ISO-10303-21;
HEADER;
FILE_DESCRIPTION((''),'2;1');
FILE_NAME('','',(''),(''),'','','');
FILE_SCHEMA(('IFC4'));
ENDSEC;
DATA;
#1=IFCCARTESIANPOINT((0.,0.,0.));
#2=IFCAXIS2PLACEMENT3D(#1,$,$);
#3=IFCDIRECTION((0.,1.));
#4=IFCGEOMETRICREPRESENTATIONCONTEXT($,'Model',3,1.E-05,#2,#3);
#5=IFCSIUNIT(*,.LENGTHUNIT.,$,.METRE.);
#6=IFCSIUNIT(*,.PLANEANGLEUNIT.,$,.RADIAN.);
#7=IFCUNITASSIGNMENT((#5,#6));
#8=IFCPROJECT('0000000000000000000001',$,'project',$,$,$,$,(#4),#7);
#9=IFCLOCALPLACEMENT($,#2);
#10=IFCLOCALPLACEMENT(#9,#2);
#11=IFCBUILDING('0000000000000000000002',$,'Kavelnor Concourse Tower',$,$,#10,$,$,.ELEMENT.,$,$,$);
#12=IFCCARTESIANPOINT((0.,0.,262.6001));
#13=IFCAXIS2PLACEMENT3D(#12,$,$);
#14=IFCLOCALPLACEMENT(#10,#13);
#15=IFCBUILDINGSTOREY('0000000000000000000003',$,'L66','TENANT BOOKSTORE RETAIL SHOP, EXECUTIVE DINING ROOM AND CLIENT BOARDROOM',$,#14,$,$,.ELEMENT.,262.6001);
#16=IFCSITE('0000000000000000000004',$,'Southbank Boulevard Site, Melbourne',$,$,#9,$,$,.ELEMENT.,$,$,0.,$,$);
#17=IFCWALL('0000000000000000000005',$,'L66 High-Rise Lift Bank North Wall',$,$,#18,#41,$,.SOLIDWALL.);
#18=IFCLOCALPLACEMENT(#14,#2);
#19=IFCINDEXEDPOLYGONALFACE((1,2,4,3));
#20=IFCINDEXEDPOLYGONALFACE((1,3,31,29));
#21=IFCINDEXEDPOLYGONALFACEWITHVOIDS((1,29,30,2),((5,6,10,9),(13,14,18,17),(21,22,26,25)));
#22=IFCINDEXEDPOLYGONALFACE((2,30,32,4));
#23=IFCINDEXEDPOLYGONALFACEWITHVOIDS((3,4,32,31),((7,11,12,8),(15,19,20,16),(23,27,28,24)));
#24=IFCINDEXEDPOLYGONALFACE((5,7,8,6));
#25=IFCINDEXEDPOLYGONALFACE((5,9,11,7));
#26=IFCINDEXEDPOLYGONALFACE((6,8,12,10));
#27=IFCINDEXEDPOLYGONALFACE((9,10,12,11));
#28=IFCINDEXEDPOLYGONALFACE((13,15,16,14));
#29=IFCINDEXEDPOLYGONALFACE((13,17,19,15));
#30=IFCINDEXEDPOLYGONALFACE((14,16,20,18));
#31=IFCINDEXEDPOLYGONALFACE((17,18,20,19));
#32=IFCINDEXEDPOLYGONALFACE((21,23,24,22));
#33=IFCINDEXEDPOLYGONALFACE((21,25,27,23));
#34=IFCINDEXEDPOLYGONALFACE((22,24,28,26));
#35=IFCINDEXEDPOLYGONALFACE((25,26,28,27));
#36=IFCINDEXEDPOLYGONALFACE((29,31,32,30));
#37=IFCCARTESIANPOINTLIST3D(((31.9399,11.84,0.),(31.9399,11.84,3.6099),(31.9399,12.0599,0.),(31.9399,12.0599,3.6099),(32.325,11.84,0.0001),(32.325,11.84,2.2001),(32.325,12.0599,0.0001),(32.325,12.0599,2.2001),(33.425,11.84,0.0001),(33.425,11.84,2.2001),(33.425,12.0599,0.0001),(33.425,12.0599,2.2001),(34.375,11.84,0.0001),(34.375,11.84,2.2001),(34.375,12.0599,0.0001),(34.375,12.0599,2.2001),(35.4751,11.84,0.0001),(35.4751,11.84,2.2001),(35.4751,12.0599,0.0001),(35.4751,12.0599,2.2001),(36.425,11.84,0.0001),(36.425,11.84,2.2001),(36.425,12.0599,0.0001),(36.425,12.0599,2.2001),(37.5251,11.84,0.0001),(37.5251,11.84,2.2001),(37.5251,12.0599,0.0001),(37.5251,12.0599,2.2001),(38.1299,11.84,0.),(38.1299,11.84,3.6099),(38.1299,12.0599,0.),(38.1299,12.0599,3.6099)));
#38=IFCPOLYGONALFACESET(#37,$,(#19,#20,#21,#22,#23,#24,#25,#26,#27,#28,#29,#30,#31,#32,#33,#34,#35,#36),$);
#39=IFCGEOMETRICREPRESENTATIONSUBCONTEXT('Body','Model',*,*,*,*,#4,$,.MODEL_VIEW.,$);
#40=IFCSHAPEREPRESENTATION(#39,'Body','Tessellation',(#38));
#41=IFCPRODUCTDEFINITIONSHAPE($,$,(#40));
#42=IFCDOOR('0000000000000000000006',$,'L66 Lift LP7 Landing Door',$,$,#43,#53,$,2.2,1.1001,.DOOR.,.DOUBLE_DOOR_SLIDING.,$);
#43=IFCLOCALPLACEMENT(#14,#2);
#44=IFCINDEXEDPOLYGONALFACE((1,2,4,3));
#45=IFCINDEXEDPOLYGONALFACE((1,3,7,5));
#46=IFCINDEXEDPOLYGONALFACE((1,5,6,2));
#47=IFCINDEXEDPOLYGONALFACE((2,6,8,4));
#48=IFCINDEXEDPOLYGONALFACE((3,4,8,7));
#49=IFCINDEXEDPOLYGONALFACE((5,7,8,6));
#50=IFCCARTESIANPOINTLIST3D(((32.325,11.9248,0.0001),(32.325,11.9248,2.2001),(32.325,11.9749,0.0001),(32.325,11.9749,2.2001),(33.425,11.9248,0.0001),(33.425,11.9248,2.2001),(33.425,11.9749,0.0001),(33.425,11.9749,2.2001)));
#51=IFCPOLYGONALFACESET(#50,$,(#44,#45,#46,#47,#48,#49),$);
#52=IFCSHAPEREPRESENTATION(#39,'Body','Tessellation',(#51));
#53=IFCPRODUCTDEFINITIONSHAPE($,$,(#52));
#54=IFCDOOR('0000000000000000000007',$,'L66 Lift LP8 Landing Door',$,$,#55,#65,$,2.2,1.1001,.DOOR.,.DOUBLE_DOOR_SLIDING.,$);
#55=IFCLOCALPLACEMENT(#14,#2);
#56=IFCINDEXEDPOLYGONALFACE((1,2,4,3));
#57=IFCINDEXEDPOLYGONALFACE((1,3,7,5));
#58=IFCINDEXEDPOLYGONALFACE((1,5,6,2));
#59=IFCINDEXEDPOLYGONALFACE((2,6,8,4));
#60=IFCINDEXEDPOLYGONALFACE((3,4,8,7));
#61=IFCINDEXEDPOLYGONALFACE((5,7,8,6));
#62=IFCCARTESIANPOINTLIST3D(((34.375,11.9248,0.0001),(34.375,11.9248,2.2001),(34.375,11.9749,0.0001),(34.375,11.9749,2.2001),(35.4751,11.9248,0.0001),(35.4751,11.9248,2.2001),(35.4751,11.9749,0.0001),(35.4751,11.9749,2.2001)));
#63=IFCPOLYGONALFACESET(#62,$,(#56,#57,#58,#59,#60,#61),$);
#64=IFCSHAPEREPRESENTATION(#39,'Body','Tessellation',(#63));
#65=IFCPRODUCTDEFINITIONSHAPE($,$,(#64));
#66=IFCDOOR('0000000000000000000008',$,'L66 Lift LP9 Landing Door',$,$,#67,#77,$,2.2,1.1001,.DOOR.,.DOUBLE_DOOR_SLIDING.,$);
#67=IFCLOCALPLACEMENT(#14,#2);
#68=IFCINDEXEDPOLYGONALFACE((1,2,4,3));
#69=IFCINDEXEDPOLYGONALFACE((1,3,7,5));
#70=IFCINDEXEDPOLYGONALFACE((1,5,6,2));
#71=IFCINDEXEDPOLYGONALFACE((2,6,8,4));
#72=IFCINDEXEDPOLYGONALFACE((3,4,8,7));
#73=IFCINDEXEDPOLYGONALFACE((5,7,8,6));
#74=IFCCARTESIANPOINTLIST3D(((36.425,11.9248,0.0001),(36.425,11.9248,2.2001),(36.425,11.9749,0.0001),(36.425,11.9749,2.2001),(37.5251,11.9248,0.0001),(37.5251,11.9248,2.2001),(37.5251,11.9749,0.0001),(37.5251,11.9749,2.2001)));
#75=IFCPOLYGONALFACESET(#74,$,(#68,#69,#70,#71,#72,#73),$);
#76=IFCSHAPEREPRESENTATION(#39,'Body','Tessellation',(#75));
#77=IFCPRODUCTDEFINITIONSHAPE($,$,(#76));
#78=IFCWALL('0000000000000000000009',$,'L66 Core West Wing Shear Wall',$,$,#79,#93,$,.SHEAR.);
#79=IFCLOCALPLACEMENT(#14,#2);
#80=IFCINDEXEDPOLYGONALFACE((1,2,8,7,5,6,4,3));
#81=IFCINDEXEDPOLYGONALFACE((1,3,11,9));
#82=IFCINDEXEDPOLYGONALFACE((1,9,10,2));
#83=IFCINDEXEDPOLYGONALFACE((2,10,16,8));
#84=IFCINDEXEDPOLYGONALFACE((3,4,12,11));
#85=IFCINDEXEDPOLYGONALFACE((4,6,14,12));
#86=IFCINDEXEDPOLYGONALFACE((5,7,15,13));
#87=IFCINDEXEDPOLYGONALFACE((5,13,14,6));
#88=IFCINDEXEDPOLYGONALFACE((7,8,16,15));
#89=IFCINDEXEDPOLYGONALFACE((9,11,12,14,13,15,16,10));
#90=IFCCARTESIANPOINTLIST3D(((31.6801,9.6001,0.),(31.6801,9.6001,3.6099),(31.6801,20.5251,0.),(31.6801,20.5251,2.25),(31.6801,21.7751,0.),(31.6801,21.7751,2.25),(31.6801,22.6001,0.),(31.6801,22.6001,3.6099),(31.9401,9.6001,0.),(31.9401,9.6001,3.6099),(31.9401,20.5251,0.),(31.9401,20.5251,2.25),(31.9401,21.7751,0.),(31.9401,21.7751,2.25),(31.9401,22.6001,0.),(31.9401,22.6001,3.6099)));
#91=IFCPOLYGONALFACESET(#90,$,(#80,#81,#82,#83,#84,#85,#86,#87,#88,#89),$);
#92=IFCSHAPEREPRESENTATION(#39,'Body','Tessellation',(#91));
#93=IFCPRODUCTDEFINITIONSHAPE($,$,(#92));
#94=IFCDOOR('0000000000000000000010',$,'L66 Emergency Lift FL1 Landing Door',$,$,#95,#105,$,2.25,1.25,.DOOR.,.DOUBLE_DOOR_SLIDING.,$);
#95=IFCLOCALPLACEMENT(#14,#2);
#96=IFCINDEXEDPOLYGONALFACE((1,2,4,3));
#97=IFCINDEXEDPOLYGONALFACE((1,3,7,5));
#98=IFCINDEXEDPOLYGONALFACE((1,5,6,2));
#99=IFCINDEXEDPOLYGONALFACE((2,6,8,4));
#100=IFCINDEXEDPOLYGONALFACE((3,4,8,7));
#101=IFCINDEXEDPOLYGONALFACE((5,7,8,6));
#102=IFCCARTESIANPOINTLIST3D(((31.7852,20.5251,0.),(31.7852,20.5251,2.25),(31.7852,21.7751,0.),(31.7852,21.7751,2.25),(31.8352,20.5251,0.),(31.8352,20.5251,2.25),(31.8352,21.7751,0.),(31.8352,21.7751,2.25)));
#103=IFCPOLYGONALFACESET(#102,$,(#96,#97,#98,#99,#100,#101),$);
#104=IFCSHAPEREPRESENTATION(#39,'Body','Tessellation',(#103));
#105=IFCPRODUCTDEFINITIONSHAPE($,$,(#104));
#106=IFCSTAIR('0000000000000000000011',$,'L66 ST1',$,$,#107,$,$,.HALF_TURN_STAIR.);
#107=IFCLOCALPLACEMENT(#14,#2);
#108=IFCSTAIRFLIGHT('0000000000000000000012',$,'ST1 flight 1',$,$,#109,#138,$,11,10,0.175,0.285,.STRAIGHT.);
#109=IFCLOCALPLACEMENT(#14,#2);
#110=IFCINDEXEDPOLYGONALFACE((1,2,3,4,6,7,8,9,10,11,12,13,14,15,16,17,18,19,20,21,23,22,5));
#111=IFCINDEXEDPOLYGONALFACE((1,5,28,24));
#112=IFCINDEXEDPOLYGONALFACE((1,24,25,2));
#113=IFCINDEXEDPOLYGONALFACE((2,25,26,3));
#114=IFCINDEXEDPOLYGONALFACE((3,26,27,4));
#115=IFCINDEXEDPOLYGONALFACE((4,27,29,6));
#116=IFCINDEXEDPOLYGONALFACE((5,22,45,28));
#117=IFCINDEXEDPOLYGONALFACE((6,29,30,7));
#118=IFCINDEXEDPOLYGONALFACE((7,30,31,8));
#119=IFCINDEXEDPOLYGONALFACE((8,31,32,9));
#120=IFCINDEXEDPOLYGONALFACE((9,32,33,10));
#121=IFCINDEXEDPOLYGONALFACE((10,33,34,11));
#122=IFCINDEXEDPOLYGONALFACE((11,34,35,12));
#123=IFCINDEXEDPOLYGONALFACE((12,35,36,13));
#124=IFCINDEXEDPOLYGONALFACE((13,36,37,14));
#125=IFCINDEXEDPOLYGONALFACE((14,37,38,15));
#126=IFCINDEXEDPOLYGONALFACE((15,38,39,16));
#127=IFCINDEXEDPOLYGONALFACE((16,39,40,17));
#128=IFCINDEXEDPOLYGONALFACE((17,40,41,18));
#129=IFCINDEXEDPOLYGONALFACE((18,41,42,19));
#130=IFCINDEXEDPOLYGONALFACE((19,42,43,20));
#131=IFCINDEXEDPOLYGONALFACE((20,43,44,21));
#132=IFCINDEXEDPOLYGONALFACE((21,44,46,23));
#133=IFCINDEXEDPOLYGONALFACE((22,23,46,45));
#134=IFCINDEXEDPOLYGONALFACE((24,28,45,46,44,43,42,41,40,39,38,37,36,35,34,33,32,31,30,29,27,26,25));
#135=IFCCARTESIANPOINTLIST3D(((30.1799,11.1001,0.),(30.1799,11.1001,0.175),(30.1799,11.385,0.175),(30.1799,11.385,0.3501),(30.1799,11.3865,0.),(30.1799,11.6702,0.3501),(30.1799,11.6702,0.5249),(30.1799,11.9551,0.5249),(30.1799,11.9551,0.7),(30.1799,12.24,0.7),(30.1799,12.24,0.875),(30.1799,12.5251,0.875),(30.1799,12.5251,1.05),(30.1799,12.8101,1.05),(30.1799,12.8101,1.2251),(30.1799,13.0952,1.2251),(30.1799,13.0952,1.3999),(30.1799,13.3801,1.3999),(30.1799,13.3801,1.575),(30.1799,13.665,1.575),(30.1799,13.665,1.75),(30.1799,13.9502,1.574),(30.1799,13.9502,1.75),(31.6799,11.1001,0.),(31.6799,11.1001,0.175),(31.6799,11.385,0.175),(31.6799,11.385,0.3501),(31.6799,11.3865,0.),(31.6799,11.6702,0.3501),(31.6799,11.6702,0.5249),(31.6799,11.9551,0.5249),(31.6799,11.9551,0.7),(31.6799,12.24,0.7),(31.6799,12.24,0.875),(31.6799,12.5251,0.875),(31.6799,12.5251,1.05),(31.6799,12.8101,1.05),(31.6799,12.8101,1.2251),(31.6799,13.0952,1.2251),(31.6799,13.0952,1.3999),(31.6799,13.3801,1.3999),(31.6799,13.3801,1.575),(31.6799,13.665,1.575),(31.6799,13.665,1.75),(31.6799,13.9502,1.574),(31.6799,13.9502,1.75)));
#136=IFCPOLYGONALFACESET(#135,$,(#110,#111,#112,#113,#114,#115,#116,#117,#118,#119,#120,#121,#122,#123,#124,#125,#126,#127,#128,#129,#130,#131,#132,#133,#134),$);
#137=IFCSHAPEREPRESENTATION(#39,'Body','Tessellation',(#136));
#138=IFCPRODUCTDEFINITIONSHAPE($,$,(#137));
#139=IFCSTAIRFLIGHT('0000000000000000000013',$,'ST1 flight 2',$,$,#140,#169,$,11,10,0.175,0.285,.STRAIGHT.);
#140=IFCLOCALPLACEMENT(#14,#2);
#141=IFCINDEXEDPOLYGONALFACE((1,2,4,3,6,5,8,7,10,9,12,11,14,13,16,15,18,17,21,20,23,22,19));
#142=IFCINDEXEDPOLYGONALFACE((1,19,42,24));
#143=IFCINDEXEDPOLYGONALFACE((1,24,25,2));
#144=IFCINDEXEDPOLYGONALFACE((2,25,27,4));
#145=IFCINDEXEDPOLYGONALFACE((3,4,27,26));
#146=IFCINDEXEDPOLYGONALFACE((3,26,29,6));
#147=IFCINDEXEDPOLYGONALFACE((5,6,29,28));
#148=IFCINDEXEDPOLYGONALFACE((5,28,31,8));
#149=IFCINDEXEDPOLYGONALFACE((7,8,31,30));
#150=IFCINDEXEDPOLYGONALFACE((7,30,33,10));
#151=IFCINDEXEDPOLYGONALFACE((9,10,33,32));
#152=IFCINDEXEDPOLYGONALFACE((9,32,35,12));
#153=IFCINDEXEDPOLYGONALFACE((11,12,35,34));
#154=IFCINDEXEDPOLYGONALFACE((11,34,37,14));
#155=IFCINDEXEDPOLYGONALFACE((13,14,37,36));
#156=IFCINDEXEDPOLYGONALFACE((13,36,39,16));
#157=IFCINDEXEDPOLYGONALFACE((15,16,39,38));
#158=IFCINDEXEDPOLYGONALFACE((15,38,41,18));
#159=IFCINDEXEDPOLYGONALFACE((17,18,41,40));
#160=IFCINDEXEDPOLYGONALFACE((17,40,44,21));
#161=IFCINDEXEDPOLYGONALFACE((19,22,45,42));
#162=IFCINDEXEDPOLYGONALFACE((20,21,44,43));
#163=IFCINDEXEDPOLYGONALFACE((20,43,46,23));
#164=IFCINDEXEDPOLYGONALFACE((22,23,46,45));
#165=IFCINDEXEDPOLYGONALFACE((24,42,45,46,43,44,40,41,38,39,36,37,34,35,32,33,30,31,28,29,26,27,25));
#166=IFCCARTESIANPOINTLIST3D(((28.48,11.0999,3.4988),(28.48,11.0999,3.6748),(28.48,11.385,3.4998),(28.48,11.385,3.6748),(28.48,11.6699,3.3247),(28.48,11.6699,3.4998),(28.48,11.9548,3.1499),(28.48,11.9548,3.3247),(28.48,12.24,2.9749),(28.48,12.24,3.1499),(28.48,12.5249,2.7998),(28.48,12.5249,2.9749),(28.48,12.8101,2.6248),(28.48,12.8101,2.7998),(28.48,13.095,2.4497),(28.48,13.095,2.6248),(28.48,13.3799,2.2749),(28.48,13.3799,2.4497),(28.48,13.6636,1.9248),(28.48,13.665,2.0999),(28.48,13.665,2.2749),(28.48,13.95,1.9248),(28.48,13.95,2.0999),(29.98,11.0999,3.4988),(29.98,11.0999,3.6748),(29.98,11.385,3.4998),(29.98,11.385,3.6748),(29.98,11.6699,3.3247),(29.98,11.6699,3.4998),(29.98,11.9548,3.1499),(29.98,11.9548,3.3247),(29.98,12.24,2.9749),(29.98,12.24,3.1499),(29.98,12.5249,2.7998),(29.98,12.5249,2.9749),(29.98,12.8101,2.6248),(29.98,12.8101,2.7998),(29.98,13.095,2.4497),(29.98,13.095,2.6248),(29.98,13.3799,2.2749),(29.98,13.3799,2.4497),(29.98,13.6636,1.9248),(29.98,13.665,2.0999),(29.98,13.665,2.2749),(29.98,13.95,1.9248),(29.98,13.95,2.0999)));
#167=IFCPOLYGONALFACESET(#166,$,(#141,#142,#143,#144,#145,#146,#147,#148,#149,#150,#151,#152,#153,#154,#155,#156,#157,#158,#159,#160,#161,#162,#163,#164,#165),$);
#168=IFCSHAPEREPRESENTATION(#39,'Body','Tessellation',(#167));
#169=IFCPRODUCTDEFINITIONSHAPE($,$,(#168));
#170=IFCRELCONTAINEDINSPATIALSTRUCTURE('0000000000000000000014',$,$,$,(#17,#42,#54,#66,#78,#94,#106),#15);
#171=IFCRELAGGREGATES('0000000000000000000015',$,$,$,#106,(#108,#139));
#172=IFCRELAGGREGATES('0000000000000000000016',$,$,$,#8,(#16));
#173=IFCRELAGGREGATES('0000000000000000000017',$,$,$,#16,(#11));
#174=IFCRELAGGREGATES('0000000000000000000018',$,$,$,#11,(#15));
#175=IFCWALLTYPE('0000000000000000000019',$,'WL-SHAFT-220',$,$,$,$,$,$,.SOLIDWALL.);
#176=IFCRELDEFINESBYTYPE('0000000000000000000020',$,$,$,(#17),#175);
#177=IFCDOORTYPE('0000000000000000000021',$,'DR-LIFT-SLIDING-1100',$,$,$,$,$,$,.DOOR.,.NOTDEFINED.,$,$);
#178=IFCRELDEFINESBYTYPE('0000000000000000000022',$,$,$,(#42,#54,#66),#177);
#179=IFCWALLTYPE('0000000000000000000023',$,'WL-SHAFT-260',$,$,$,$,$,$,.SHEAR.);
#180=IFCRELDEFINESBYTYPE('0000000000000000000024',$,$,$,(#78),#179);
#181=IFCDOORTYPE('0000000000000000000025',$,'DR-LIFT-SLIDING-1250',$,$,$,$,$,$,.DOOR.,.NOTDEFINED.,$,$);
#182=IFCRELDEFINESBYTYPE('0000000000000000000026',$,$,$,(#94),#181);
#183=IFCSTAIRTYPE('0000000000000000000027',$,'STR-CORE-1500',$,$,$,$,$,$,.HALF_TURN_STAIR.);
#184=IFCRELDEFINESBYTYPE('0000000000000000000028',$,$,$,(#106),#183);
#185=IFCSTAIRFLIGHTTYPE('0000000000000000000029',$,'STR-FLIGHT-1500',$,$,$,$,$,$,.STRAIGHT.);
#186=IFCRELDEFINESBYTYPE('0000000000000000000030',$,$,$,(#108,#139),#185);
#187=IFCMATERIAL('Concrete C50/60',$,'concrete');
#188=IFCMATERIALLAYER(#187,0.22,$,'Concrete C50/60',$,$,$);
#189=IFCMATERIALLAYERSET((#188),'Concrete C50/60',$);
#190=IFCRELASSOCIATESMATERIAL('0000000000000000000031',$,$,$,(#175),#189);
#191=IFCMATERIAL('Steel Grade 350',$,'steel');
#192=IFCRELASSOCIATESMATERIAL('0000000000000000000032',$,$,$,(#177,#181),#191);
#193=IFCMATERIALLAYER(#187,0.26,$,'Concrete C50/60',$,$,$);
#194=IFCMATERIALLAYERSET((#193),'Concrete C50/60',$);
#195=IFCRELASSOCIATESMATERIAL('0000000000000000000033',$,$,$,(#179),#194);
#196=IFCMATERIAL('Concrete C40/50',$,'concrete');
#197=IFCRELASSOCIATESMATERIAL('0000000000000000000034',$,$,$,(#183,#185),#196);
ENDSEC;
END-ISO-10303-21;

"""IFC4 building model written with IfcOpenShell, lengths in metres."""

from ifc_helpers import new_model, si_unit, direction, frame, frame_2d, origin, place, context, subcontext, project, spatial, polyline, rectangle, outline, extrude, material, layer, layer_set, type_object, element, fill, aggregate, save


model = new_model("IFC4")

# Units and contexts
model_context = context("Model", 3, precision=1e-05, world=origin(), true_north=direction((0.0, 1.0)))
body_context = subcontext(model_context, "Body", "Model", "MODEL_VIEW")
ifc_project = project(units=[si_unit("LENGTHUNIT", "METRE"), si_unit("PLANEANGLEUNIT", "RADIAN")], contexts=[model_context])

# Site, building, storey
site_placement = place(None, origin())
site = spatial("IfcSite", under=ifc_project, at=site_placement, Name="Southbank Boulevard Site, Melbourne", CompositionType="ELEMENT", RefElevation=0.0)
building_placement = place(site_placement, origin())
building = spatial("IfcBuilding", under=site, at=building_placement, Name="Kavelnor Concourse Tower", CompositionType="ELEMENT")
storey_placement = place(building_placement, frame((0.0, 0.0, 262.6001)))
storey = spatial("IfcBuildingStorey", under=building, at=storey_placement, Name="L66", Description="TENANT BOOKSTORE RETAIL SHOP, EXECUTIVE DINING ROOM AND CLIENT BOARDROOM", CompositionType="ELEMENT", Elevation=262.6001)

# Shared definitions
ifc_material_1 = material(Name="Steel Grade 350", Category="steel")

# Shared definitions
ifc_material_2 = material(Name="Concrete C50/60", Category="concrete")

# Shared definitions
ifc_layer_1 = layer(ifc_material_2, 0.22, Name="Concrete C50/60")
ifc_layer_set_1 = layer_set([ifc_layer_1], Name="Concrete C50/60")
wall_type_1 = type_object("IfcWallType", Name="WL-SHAFT-220", PredefinedType="SOLIDWALL", material=ifc_layer_set_1)

# Wall, openings, doors
wall_1_placement = place(storey_placement, frame((31.9399, 11.95, 0.0), z_axis=(0.0, 0.0, 1.0), x_axis=(1.0, 0.0, 0.0)))
wall_1 = element("IfcWall", 1, at=wall_1_placement, inside=storey, type_object=wall_type_1, Name="L66 High-Rise Lift Bank North Wall", PredefinedType="SOLIDWALL", context=body_context, shape_type="SweptSolid", body=[
    extrude(rectangle(XDim=6.1899, YDim=0.22, at=frame_2d((3.095, 0.0))), origin(), (0.0, 0.0, 1.0), 3.6099),
])
opening_1_placement = place(wall_1_placement, frame((0.385, 0.0, 0.0)))
opening_1 = element("IfcOpeningElement", 2, at=opening_1_placement, cuts=wall_1, PredefinedType="OPENING", context=body_context, shape_type="SweptSolid", body=[
    extrude(rectangle(XDim=1.1001, YDim=2.2, at=frame_2d((0.55, 1.1001))), frame((0.0, 0.1201, 0.0), z_axis=(0.0, -1.0, 0.0), x_axis=(1.0, 0.0, 0.0)), (0.0, 0.0, 1.0), 0.24),
])
opening_2_placement = place(wall_1_placement, frame((2.4351, 0.0, 0.0)))
opening_2 = element("IfcOpeningElement", 3, at=opening_2_placement, cuts=wall_1, PredefinedType="OPENING", context=body_context, shape_type="SweptSolid", body=[
    extrude(rectangle(XDim=1.1001, YDim=2.2, at=frame_2d((0.55, 1.1001))), frame((0.0, 0.1201, 0.0), z_axis=(0.0, -1.0, 0.0), x_axis=(1.0, 0.0, 0.0)), (0.0, 0.0, 1.0), 0.24),
])
opening_3_placement = place(wall_1_placement, frame((4.4851, 0.0, 0.0)))
opening_3 = element("IfcOpeningElement", 4, at=opening_3_placement, cuts=wall_1, PredefinedType="OPENING", context=body_context, shape_type="SweptSolid", body=[
    extrude(rectangle(XDim=1.1001, YDim=2.2, at=frame_2d((0.55, 1.1001))), frame((0.0, 0.1201, 0.0), z_axis=(0.0, -1.0, 0.0), x_axis=(1.0, 0.0, 0.0)), (0.0, 0.0, 1.0), 0.24),
])
door_type_1 = type_object("IfcDoorType", Name="DR-LIFT-SLIDING-1100", OperationType="NOTDEFINED", PredefinedType="DOOR", material=ifc_material_1)
door_1_placement = place(opening_1_placement, origin())
door_1 = element("IfcDoor", 5, at=door_1_placement, inside=storey, type_object=door_type_1, Name="L66 Lift LP7 Landing Door", OperationType="DOUBLE_DOOR_SLIDING", OverallHeight=2.2, OverallWidth=1.1001, PredefinedType="DOOR", context=body_context, shape_type="SweptSolid", body=[
    extrude(rectangle(XDim=1.1001, YDim=2.2, at=frame_2d((0.55, 1.1001))), frame((0.0, 0.0249, 0.0), z_axis=(0.0, -1.0, 0.0), x_axis=(1.0, 0.0, 0.0)), (0.0, 0.0, 1.0), 0.05),
])
fill(opening_1, door_1)
door_2_placement = place(opening_2_placement, origin())
door_2 = element("IfcDoor", 6, at=door_2_placement, inside=storey, type_object=door_type_1, Name="L66 Lift LP8 Landing Door", OperationType="DOUBLE_DOOR_SLIDING", OverallHeight=2.2, OverallWidth=1.1001, PredefinedType="DOOR", context=body_context, shape_type="SweptSolid", body=[
    extrude(rectangle(XDim=1.1001, YDim=2.2, at=frame_2d((0.55, 1.1001))), frame((0.0, 0.0249, 0.0), z_axis=(0.0, -1.0, 0.0), x_axis=(1.0, 0.0, 0.0)), (0.0, 0.0, 1.0), 0.05),
])
fill(opening_2, door_2)
door_3_placement = place(opening_3_placement, origin())
door_3 = element("IfcDoor", 7, at=door_3_placement, inside=storey, type_object=door_type_1, Name="L66 Lift LP9 Landing Door", OperationType="DOUBLE_DOOR_SLIDING", OverallHeight=2.2, OverallWidth=1.1001, PredefinedType="DOOR", context=body_context, shape_type="SweptSolid", body=[
    extrude(rectangle(XDim=1.1001, YDim=2.2, at=frame_2d((0.55, 1.1001))), frame((0.0, 0.0249, 0.0), z_axis=(0.0, -1.0, 0.0), x_axis=(1.0, 0.0, 0.0)), (0.0, 0.0, 1.0), 0.05),
])
fill(opening_3, door_3)

# Wall, opening, door
ifc_layer_2 = layer(ifc_material_2, 0.26, Name="Concrete C50/60")
ifc_layer_set_2 = layer_set([ifc_layer_2], Name="Concrete C50/60")
wall_type_2 = type_object("IfcWallType", Name="WL-SHAFT-260", PredefinedType="SHEAR", material=ifc_layer_set_2)
wall_2_placement = place(storey_placement, frame((31.8101, 9.6001, 0.0), z_axis=(0.0, 0.0, 1.0), x_axis=(0.0, 1.0, 0.0)))
wall_2 = element("IfcWall", 8, at=wall_2_placement, inside=storey, type_object=wall_type_2, Name="L66 Core West Wing Shear Wall", PredefinedType="SHEAR", context=body_context, shape_type="SweptSolid", body=[
    extrude(rectangle(XDim=13.0, YDim=0.26, at=frame_2d((6.5, 0.0))), origin(), (0.0, 0.0, 1.0), 3.6099),
])
opening_4_placement = place(wall_2_placement, frame((10.925, 0.0, 0.0)))
opening_4 = element("IfcOpeningElement", 9, at=opening_4_placement, cuts=wall_2, PredefinedType="OPENING", context=body_context, shape_type="SweptSolid", body=[
    extrude(rectangle(XDim=1.25, YDim=2.25, at=frame_2d((0.625, 1.125))), frame((0.0, 0.1401, 0.0), z_axis=(0.0, -1.0, 0.0), x_axis=(1.0, 0.0, 0.0)), (0.0, 0.0, 1.0), 0.28),
])
door_type_2 = type_object("IfcDoorType", Name="DR-LIFT-SLIDING-1250", OperationType="NOTDEFINED", PredefinedType="DOOR", material=ifc_material_1)
door_4_placement = place(opening_4_placement, origin())
door_4 = element("IfcDoor", 10, at=door_4_placement, inside=storey, type_object=door_type_2, Name="L66 Emergency Lift FL1 Landing Door", OperationType="DOUBLE_DOOR_SLIDING", OverallHeight=2.25, OverallWidth=1.25, PredefinedType="DOOR", context=body_context, shape_type="SweptSolid", body=[
    extrude(rectangle(XDim=1.25, YDim=2.25, at=frame_2d((0.625, 1.125))), frame((0.0, 0.0249, 0.0), z_axis=(0.0, -1.0, 0.0), x_axis=(1.0, 0.0, 0.0)), (0.0, 0.0, 1.0), 0.05),
])
fill(opening_4, door_4)

# Stair, stair flights
ifc_material_3 = material(Name="Concrete C40/50", Category="concrete")
stair_type = type_object("IfcStairType", Name="STR-CORE-1500", PredefinedType="HALF_TURN_STAIR", material=ifc_material_3)
stair_placement = place(storey_placement, origin())
stair = element("IfcStair", 11, at=stair_placement, inside=storey, type_object=stair_type, Name="L66 ST1", PredefinedType="HALF_TURN_STAIR")
stair_flight_type = type_object("IfcStairFlightType", Name="STR-FLIGHT-1500", PredefinedType="STRAIGHT", material=ifc_material_3)
stair_flight_1_placement = place(storey_placement, frame((30.9299, 11.1001, 0.0), z_axis=(0.0, 0.0, 1.0), x_axis=(0.0, 1.0, 0.0)))
stair_flight_1 = element("IfcStairFlight", 12, at=stair_flight_1_placement, type_object=stair_flight_type, Name="ST1 flight 1", NumberOfRisers=11, NumberOfTreads=10, PredefinedType="STRAIGHT", RiserHeight=0.175, TreadLength=0.285, context=body_context, shape_type="SweptSolid", body=[
    extrude(outline(polyline([(0.0, 0.0), (0.0, 0.175), (0.2849, 0.175), (0.2849, 0.3501), (0.5701, 0.3501), (0.5701, 0.5249), (0.855, 0.5249), (0.855, 0.7), (1.1399, 0.7), (1.1399, 0.875), (1.425, 0.875), (1.425, 1.05), (1.71, 1.05), (1.71, 1.2251), (1.9951, 1.2251), (1.9951, 1.3999), (2.28, 1.3999), (2.28, 1.575), (2.5649, 1.575), (2.5649, 1.75), (2.8501, 1.75), (2.8501, 1.925), (2.8501, 1.574), (0.2864, 0.0), (0.0, 0.0)])), frame((0.0, 0.75, 0.0), z_axis=(0.0, -1.0, 0.0), x_axis=(1.0, 0.0, 0.0)), (0.0, 0.0, 1.0), 1.5),
])
stair_flight_2_placement = place(storey_placement, frame((29.23, 13.95, 1.9248), z_axis=(0.0, 0.0, 1.0), x_axis=(0.0, -1.0, 0.0)))
stair_flight_2 = element("IfcStairFlight", 13, at=stair_flight_2_placement, type_object=stair_flight_type, Name="ST1 flight 2", NumberOfRisers=11, NumberOfTreads=10, PredefinedType="STRAIGHT", RiserHeight=0.175, TreadLength=0.285, context=body_context, shape_type="SweptSolid", body=[
    extrude(outline(polyline([(0.0, 0.0), (0.0, 0.175), (0.2849, 0.175), (0.2849, 0.3501), (0.5701, 0.3501), (0.5701, 0.5249), (0.855, 0.5249), (0.855, 0.7), (1.1399, 0.7), (1.1399, 0.875), (1.425, 0.875), (1.425, 1.05), (1.71, 1.05), (1.71, 1.2251), (1.9951, 1.2251), (1.9951, 1.3999), (2.28, 1.3999), (2.28, 1.575), (2.5649, 1.575), (2.5649, 1.75), (2.8501, 1.75), (2.8501, 1.925), (2.8501, 1.574), (0.2864, 0.0), (0.0, 0.0)])), frame((0.0, 0.75, 0.0), z_axis=(0.0, -1.0, 0.0), x_axis=(1.0, 0.0, 0.0)), (0.0, 0.0, 1.0), 1.5),
])
aggregate(stair, [stair_flight_1, stair_flight_2])

save(model, "model.ifc")
